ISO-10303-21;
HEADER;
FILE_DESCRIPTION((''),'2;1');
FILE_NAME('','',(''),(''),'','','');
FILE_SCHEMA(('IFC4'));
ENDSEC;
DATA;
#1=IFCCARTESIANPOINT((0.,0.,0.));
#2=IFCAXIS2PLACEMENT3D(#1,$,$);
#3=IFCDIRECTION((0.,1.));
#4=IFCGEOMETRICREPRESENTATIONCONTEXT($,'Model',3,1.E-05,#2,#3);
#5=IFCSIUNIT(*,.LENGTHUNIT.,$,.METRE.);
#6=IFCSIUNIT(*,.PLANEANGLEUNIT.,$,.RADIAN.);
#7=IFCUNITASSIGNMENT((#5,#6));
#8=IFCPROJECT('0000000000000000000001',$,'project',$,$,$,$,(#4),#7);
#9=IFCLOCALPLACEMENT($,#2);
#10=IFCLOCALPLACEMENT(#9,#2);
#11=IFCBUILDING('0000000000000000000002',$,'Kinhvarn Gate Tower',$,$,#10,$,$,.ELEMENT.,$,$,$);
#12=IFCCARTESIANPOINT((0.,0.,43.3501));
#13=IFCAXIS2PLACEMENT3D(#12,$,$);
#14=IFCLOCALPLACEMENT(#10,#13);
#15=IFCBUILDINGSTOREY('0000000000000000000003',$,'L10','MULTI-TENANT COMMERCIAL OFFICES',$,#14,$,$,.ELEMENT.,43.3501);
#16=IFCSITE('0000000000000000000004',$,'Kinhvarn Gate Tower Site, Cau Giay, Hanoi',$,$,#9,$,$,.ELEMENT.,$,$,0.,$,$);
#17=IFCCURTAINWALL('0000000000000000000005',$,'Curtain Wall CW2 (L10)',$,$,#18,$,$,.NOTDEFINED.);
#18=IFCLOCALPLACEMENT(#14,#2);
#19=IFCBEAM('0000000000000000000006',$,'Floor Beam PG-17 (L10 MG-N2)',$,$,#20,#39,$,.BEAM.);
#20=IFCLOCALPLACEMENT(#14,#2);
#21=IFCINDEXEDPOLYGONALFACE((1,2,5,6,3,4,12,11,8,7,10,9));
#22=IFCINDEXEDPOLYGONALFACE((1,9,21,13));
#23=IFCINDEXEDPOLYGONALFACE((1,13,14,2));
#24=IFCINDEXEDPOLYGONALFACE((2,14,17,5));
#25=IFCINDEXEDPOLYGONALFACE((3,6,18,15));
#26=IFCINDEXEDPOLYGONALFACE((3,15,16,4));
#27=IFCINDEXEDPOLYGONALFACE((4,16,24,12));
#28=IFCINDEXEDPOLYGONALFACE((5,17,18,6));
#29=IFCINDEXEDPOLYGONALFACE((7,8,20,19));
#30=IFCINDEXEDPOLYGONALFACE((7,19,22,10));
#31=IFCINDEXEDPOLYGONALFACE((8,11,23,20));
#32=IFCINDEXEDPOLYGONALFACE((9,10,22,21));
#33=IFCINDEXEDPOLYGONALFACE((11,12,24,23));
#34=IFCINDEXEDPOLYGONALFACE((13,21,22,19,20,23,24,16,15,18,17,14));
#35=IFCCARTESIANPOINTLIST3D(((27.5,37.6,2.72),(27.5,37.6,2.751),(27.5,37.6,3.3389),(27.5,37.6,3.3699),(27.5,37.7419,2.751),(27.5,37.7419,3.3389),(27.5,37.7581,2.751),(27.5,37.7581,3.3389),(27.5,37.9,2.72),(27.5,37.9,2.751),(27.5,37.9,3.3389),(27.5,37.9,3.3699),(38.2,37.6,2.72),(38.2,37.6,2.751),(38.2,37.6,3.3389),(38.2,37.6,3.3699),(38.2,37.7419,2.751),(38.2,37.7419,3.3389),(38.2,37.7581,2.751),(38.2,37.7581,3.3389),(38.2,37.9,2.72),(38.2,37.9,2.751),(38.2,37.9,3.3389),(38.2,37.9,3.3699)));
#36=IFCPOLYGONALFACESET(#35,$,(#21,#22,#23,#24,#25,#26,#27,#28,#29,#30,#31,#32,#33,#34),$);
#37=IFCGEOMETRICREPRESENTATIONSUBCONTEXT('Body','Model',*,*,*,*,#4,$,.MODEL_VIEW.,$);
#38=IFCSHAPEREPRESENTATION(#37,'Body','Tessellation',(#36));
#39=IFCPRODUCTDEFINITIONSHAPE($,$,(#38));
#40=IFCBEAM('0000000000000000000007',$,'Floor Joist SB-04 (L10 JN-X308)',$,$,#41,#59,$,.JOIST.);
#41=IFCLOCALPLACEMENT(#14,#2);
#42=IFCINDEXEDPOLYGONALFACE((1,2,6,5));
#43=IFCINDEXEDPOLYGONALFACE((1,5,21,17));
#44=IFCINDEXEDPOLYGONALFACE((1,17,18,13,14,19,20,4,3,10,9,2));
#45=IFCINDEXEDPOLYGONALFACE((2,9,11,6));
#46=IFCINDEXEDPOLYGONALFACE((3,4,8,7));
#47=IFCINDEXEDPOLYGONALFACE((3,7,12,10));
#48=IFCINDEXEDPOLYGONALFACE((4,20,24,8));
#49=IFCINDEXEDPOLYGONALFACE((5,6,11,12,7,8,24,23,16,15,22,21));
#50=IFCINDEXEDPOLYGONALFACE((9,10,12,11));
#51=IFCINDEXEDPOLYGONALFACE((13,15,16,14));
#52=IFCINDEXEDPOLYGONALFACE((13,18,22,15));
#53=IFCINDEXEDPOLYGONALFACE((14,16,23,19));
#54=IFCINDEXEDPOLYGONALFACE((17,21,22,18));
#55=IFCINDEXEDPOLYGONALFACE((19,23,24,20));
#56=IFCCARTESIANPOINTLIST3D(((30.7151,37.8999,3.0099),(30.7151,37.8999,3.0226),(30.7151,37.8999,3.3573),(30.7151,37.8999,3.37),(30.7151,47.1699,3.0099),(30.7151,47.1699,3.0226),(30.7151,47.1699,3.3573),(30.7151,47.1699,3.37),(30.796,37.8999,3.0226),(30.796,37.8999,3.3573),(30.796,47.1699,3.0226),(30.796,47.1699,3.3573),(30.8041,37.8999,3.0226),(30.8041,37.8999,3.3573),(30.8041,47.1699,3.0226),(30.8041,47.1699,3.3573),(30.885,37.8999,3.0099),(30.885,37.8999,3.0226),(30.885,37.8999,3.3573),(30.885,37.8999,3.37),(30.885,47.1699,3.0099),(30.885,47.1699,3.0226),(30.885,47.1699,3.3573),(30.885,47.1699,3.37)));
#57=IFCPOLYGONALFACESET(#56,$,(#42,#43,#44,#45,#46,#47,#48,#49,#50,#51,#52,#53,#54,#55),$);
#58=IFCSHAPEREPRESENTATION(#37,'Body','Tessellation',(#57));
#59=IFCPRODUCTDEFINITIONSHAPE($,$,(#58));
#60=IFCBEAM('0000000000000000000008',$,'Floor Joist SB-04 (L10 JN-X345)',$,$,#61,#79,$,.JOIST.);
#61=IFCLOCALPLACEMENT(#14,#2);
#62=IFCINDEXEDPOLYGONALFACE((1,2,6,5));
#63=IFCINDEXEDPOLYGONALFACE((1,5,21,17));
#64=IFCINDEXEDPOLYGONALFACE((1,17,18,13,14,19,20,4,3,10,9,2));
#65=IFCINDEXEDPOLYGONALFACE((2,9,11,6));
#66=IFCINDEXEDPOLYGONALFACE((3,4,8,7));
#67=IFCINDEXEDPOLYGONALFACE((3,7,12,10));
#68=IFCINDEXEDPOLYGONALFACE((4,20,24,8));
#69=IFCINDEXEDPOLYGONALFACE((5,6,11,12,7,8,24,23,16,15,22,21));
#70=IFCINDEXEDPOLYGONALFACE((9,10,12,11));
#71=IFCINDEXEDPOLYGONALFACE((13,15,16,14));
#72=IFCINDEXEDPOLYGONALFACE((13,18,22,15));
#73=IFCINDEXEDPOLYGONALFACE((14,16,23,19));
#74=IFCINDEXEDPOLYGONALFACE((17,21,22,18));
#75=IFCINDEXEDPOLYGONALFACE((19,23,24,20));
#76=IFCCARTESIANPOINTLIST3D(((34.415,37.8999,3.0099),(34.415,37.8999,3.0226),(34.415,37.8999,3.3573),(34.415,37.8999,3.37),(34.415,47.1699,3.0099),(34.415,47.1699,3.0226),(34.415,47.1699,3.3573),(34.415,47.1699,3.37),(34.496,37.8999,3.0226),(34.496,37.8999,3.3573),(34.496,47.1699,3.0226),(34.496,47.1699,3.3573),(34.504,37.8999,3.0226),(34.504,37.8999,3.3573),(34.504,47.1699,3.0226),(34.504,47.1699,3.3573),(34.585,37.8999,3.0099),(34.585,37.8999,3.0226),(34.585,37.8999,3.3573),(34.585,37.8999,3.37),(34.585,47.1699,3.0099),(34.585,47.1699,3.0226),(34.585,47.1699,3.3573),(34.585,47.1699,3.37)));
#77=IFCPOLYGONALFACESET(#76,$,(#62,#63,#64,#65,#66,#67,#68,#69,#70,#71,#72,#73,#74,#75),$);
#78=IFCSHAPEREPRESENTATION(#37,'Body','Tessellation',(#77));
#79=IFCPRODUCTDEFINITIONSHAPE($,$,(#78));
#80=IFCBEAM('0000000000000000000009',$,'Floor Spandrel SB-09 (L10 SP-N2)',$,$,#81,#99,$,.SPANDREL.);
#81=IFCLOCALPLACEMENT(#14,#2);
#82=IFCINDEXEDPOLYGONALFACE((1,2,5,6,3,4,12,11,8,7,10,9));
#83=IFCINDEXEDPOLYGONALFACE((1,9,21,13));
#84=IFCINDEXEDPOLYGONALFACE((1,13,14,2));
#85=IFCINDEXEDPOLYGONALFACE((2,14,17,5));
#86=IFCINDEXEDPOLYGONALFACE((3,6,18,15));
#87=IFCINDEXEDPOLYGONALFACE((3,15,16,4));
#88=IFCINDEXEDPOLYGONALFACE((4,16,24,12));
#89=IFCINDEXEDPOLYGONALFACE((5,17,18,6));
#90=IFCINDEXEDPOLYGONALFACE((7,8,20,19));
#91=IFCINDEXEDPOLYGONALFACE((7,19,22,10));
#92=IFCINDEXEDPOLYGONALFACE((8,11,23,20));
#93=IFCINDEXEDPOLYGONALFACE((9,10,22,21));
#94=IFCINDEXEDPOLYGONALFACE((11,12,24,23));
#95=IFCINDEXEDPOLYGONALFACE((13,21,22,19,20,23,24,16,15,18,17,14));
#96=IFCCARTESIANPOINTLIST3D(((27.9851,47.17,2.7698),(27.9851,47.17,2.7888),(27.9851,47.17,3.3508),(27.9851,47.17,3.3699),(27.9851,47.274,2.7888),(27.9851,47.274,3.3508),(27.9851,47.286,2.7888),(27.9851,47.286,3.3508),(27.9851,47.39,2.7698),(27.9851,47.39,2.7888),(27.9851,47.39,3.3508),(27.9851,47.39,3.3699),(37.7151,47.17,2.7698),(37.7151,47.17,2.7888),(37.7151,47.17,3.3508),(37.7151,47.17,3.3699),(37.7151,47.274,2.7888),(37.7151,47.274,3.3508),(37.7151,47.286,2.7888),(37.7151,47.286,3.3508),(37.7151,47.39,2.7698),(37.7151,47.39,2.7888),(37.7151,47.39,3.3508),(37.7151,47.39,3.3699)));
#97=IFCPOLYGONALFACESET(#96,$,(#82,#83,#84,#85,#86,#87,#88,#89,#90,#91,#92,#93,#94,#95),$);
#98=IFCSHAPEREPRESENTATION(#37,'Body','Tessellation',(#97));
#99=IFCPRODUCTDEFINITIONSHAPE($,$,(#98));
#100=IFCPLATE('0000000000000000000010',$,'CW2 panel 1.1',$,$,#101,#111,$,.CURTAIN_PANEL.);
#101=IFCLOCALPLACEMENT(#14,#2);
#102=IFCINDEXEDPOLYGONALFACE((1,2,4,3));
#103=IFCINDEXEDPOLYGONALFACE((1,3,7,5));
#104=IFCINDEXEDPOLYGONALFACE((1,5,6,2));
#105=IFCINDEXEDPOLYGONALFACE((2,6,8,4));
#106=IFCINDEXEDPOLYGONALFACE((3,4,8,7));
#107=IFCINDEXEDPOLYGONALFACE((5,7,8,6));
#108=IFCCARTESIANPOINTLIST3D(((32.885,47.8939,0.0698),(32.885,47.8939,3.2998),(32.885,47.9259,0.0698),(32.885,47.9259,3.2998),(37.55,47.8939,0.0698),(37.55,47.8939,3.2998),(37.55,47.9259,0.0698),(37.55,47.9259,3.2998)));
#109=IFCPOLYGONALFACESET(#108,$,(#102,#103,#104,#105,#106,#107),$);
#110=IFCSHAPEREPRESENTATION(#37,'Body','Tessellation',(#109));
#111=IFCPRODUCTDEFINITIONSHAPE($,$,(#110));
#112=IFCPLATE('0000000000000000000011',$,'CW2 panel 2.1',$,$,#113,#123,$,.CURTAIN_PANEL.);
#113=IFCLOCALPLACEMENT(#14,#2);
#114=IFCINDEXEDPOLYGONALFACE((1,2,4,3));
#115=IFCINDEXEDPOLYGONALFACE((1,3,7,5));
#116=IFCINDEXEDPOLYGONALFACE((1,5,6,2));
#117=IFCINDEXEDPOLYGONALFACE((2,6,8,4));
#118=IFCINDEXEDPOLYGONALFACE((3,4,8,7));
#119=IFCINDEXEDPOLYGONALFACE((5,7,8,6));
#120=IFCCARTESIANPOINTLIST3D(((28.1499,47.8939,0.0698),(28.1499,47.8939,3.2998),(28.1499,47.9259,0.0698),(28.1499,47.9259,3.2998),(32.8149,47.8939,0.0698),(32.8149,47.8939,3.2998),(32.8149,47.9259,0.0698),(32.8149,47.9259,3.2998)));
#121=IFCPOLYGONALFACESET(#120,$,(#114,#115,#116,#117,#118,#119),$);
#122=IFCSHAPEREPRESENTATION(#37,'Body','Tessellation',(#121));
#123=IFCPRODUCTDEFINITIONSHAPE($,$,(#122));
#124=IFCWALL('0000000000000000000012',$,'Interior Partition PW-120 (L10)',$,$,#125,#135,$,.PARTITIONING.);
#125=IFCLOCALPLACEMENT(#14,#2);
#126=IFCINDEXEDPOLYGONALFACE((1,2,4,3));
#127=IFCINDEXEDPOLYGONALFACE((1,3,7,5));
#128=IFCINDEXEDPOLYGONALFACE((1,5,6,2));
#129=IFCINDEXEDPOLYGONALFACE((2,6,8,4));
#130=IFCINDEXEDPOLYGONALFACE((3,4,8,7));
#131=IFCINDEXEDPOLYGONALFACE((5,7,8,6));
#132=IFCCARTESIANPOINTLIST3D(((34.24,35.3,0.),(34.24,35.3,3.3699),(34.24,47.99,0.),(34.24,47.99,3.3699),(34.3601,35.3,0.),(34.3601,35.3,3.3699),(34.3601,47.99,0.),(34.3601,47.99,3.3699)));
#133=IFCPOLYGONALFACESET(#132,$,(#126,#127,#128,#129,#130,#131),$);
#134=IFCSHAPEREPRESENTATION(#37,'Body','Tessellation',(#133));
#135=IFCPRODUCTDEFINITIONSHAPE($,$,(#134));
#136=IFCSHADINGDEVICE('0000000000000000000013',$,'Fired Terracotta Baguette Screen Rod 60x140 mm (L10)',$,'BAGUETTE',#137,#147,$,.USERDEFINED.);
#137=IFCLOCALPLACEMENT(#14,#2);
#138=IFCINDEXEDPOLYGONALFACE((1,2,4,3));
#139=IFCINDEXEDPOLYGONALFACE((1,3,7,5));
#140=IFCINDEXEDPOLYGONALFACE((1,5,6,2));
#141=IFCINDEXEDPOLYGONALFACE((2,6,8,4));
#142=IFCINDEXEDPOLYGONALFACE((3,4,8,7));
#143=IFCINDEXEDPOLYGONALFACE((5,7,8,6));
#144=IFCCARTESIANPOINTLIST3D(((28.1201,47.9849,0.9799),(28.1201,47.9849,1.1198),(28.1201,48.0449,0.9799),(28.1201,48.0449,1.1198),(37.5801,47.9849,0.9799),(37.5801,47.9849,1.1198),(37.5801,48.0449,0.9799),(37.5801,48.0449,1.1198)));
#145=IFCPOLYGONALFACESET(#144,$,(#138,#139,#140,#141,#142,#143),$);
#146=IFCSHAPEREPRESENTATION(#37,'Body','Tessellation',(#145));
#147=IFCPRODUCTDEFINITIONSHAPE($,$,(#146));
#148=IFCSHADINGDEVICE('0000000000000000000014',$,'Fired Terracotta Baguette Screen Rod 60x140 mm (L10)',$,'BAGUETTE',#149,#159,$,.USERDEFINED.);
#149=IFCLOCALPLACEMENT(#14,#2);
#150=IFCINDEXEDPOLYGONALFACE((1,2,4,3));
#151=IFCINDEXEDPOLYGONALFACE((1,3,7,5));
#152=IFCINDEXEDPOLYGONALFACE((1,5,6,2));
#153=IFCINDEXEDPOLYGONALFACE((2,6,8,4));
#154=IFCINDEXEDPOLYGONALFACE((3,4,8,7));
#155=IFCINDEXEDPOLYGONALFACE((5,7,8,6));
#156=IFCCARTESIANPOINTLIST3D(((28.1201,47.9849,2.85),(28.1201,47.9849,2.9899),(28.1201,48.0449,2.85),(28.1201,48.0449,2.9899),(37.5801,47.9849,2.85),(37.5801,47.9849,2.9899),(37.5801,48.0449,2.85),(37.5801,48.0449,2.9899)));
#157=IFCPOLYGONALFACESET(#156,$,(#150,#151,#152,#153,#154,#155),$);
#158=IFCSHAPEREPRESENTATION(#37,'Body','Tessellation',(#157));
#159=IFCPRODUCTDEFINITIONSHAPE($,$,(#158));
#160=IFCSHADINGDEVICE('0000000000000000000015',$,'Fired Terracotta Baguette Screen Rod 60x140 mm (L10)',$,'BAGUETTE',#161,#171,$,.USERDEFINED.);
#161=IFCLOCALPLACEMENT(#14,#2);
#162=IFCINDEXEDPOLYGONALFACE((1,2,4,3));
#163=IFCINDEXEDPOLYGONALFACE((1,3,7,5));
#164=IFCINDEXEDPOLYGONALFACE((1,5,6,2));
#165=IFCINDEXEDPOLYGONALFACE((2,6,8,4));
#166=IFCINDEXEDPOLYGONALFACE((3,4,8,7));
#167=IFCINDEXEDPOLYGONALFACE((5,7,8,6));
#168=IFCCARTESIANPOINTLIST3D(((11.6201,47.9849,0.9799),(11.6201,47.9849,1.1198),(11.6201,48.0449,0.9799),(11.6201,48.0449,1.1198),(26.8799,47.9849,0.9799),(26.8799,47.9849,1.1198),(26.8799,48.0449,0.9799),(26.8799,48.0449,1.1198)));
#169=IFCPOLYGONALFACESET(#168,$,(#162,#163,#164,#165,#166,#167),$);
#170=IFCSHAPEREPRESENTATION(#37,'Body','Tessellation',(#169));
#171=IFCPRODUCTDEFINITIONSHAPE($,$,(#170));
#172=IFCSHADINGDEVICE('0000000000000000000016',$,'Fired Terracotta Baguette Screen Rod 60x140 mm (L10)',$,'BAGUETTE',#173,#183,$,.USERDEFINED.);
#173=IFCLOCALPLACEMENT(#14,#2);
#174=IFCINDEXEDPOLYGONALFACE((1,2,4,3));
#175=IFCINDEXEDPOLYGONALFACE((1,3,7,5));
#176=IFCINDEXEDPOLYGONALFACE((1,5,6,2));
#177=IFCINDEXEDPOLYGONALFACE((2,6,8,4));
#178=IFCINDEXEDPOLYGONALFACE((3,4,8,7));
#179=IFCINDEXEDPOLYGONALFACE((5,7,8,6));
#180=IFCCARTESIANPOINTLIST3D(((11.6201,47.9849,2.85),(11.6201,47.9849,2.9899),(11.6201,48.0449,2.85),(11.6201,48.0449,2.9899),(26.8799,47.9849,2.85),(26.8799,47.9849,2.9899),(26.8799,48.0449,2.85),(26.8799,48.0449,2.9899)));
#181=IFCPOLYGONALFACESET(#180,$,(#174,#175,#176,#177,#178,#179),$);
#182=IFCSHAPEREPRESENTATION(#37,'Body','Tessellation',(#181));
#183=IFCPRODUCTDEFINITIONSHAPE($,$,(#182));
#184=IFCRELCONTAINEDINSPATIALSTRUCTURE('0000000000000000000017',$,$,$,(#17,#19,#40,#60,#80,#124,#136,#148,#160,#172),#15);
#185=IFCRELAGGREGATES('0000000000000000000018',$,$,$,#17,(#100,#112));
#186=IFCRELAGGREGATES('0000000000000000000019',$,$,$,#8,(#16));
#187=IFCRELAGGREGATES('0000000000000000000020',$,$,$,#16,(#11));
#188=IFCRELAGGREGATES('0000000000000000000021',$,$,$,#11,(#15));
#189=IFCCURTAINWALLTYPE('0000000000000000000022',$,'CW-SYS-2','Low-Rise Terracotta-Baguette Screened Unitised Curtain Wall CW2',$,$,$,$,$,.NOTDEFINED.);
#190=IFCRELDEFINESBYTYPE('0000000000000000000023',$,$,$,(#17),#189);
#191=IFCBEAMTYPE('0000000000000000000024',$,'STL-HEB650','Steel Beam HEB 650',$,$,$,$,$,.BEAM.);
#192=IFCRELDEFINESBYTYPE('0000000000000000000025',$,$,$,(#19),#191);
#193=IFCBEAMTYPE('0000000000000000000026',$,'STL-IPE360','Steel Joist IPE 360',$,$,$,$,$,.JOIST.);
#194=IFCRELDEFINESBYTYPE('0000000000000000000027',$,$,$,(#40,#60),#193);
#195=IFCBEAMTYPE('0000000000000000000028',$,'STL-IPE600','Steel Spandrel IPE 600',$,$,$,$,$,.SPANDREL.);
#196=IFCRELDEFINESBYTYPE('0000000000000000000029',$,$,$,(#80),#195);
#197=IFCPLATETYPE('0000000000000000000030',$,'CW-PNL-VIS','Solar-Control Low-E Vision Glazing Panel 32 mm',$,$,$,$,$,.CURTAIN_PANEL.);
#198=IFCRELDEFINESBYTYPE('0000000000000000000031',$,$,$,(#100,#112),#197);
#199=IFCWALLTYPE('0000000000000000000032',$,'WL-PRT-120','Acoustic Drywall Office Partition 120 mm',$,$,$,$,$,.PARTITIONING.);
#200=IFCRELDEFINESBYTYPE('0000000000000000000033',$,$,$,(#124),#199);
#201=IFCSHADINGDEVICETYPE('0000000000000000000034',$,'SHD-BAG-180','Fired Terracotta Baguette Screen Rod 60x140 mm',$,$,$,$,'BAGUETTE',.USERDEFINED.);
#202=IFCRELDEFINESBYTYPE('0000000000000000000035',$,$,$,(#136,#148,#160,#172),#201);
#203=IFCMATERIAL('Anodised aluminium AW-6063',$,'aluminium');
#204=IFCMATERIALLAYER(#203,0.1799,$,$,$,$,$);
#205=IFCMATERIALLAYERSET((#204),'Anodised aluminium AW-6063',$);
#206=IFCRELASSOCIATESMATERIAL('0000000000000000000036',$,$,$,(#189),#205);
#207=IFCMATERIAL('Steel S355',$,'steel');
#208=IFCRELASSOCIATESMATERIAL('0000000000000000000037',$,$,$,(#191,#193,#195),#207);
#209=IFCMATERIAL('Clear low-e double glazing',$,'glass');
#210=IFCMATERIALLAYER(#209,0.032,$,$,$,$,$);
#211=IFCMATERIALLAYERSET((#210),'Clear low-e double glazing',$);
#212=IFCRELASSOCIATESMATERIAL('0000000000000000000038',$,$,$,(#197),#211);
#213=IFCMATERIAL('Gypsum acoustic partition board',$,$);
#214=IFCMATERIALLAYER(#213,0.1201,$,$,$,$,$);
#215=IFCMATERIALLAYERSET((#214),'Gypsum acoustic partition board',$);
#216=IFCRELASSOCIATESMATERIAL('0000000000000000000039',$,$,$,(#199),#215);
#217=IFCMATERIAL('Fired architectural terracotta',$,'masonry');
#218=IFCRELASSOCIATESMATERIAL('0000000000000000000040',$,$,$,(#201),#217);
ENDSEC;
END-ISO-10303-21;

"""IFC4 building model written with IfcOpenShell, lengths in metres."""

from ifc_helpers import new_model, si_unit, direction, frame, frame_2d, origin, origin_2d, place, context, subcontext, project, spatial, rectangle, i_section, extrude, material, layer, layer_set, material_profile, profile_set, type_object, element, aggregate, save


model = new_model("IFC4")

# Units and contexts
model_context = context("Model", 3, precision=1e-05, world=origin(), true_north=direction((0.0, 1.0)))
body_context = subcontext(model_context, "Body", "Model", "MODEL_VIEW")
ifc_project = project(units=[si_unit("LENGTHUNIT", "METRE"), si_unit("PLANEANGLEUNIT", "RADIAN")], contexts=[model_context])

# Site, building, storey
site_placement = place(None, origin())
site = spatial("IfcSite", under=ifc_project, at=site_placement, Name="Kinhvarn Gate Tower Site, Cau Giay, Hanoi", CompositionType="ELEMENT", RefElevation=0.0)
building_placement = place(site_placement, origin())
building = spatial("IfcBuilding", under=site, at=building_placement, Name="Kinhvarn Gate Tower", CompositionType="ELEMENT")
storey_placement = place(building_placement, frame((0.0, 0.0, 43.3501)))
storey = spatial("IfcBuildingStorey", under=building, at=storey_placement, Name="L10", Description="MULTI-TENANT COMMERCIAL OFFICES", CompositionType="ELEMENT", Elevation=43.3501)

# Curtain wall
ifc_material_1 = material(Name="Anodised aluminium AW-6063", Category="aluminium")
ifc_layer_1 = layer(ifc_material_1, 0.1799)
ifc_layer_set_1 = layer_set([ifc_layer_1], Name="Anodised aluminium AW-6063")
curtain_wall_type = type_object("IfcCurtainWallType", Name="CW-SYS-2", Description="Low-Rise Terracotta-Baguette Screened Unitised Curtain Wall CW2", PredefinedType="NOTDEFINED", material=ifc_layer_set_1)
curtain_wall_1_placement = place(storey_placement, origin())
curtain_wall_1 = element("IfcCurtainWall", 1, at=curtain_wall_1_placement, inside=storey, type_object=curtain_wall_type, Name="Curtain Wall CW2 (L10)", PredefinedType="NOTDEFINED")

# Beams
ifc_material_2 = material(Name="Steel S355", Category="steel")
ifc_material_profile_1 = material_profile(ifc_material_2, i_section(OverallWidth=0.3, OverallDepth=0.6499, WebThickness=0.0161, FlangeThickness=0.031, at=origin_2d()), Name="HEB 650")
ifc_profile_set_1 = profile_set([ifc_material_profile_1], Name="Steel S355")
beam_type_1 = type_object("IfcBeamType", Name="STL-HEB650", Description="Steel Beam HEB 650", PredefinedType="BEAM", material=ifc_profile_set_1)
beam_1_placement = place(storey_placement, frame((27.5, 37.75, 3.0449), z_axis=(1.0, 0.0, 0.0), x_axis=(0.0, 1.0, 0.0)))
element("IfcBeam", 2, at=beam_1_placement, inside=storey, type_object=beam_type_1, Name="Floor Beam PG-17 (L10 MG-N2)", PredefinedType="BEAM", context=body_context, shape_type="SweptSolid", body=[
    extrude(i_section(OverallWidth=0.3, OverallDepth=0.6499, WebThickness=0.0161, FlangeThickness=0.031, at=origin_2d()), origin(), (0.0, 0.0, 1.0), 10.7),
])
ifc_material_profile_2 = material_profile(ifc_material_2, i_section(OverallWidth=0.1699, OverallDepth=0.3601, WebThickness=0.0081, FlangeThickness=0.0127, at=origin_2d()), Name="IPE 360")
ifc_profile_set_2 = profile_set([ifc_material_profile_2], Name="Steel S355")
beam_type_2 = type_object("IfcBeamType", Name="STL-IPE360", Description="Steel Joist IPE 360", PredefinedType="JOIST", material=ifc_profile_set_2)
for number, where, z_axis, x_axis, name in (
    (3, (30.8, 37.8999, 3.1899), (0.0, 1.0, 0.0), (-1.0, 0.0, 0.0), "Floor Joist SB-04 (L10 JN-X308)"),
    (4, (34.5, 37.8999, 3.1899), (0.0, 1.0, 0.0), (-1.0, 0.0, 0.0), "Floor Joist SB-04 (L10 JN-X345)"),
):
    element("IfcBeam", number, at=place(storey_placement, frame(where, z_axis=z_axis, x_axis=x_axis)), inside=storey, type_object=beam_type_2, Name=name, PredefinedType="JOIST", context=body_context, shape_type="SweptSolid", body=[
        extrude(i_section(OverallWidth=0.1699, OverallDepth=0.3601, WebThickness=0.0081, FlangeThickness=0.0127, at=origin_2d()), origin(), (0.0, 0.0, 1.0), 9.27),
    ])
ifc_material_profile_3 = material_profile(ifc_material_2, i_section(OverallWidth=0.22, OverallDepth=0.6001, WebThickness=0.012, FlangeThickness=0.019, at=origin_2d()), Name="IPE 600")
ifc_profile_set_3 = profile_set([ifc_material_profile_3], Name="Steel S355")
beam_type_3 = type_object("IfcBeamType", Name="STL-IPE600", Description="Steel Spandrel IPE 600", PredefinedType="SPANDREL", material=ifc_profile_set_3)
beam_2_placement = place(storey_placement, frame((27.9851, 47.28, 3.0698), z_axis=(1.0, 0.0, 0.0), x_axis=(0.0, 1.0, 0.0)))
element("IfcBeam", 5, at=beam_2_placement, inside=storey, type_object=beam_type_3, Name="Floor Spandrel SB-09 (L10 SP-N2)", PredefinedType="SPANDREL", context=body_context, shape_type="SweptSolid", body=[
    extrude(i_section(OverallWidth=0.22, OverallDepth=0.6001, WebThickness=0.012, FlangeThickness=0.019, at=origin_2d()), origin(), (0.0, 0.0, 1.0), 9.73),
])

# Plates
ifc_material_3 = material(Name="Clear low-e double glazing", Category="glass")
ifc_layer_2 = layer(ifc_material_3, 0.032)
ifc_layer_set_2 = layer_set([ifc_layer_2], Name="Clear low-e double glazing")
plate_type = type_object("IfcPlateType", Name="CW-PNL-VIS", Description="Solar-Control Low-E Vision Glazing Panel 32 mm", PredefinedType="CURTAIN_PANEL", material=ifc_layer_set_2)
plate_1_placement = place(storey_placement, frame((35.2175, 47.9099, 0.0698), z_axis=(0.0, 0.0, 1.0), x_axis=(-1.0, 0.0, 0.0)))
plate_1 = element("IfcPlate", 6, at=plate_1_placement, type_object=plate_type, Name="CW2 panel 1.1", PredefinedType="CURTAIN_PANEL", context=body_context, shape_type="SweptSolid", body=[
    extrude(rectangle(XDim=4.665, YDim=0.032, at=origin_2d()), origin(), (0.0, 0.0, 1.0), 3.23),
])
plate_2_placement = place(storey_placement, frame((30.4824, 47.9099, 0.0698), z_axis=(0.0, 0.0, 1.0), x_axis=(-1.0, 0.0, 0.0)))
plate_2 = element("IfcPlate", 7, at=plate_2_placement, type_object=plate_type, Name="CW2 panel 2.1", PredefinedType="CURTAIN_PANEL", context=body_context, shape_type="SweptSolid", body=[
    extrude(rectangle(XDim=4.665, YDim=0.032, at=origin_2d()), origin(), (0.0, 0.0, 1.0), 3.23),
])
aggregate(curtain_wall_1, [plate_1, plate_2])

# Wall
ifc_material_4 = material(Name="Gypsum acoustic partition board")
ifc_layer_3 = layer(ifc_material_4, 0.1201)
ifc_layer_set_3 = layer_set([ifc_layer_3], Name="Gypsum acoustic partition board")
wall_type = type_object("IfcWallType", Name="WL-PRT-120", Description="Acoustic Drywall Office Partition 120 mm", PredefinedType="PARTITIONING", material=ifc_layer_set_3)
wall_placement = place(storey_placement, frame((34.3, 35.3, 0.0), z_axis=(0.0, 0.0, 1.0), x_axis=(0.0, 1.0, 0.0)))
element("IfcWall", 8, at=wall_placement, inside=storey, type_object=wall_type, Name="Interior Partition PW-120 (L10)", PredefinedType="PARTITIONING", context=body_context, shape_type="SweptSolid", body=[
    extrude(rectangle(XDim=12.6899, YDim=0.1201, at=frame_2d((6.345, 0.0))), origin(), (0.0, 0.0, 1.0), 3.3699),
])

# Shading devices
ifc_material_5 = material(Name="Fired architectural terracotta", Category="masonry")
ifc_material_profile_4 = material_profile(ifc_material_5, rectangle(XDim=0.0601, YDim=0.1399, at=origin_2d()), Name="TC 60x140")
ifc_profile_set_4 = profile_set([ifc_material_profile_4], Name="Fired architectural terracotta")
shading_device_type = type_object("IfcShadingDeviceType", Name="SHD-BAG-180", Description="Fired Terracotta Baguette Screen Rod 60x140 mm", ElementType="BAGUETTE", PredefinedType="USERDEFINED", material=ifc_profile_set_4)
for number, where, z_axis, x_axis, name in (
    (9, (37.5801, 48.0149, 1.0498), (-1.0, 0.0, 0.0), (0.0, -1.0, 0.0), "Fired Terracotta Baguette Screen Rod 60x140 mm (L10)"),
    (10, (37.5801, 48.0149, 2.9199), (-1.0, 0.0, 0.0), (0.0, -1.0, 0.0), "Fired Terracotta Baguette Screen Rod 60x140 mm (L10)"),
):
    element("IfcShadingDevice", number, at=place(storey_placement, frame(where, z_axis=z_axis, x_axis=x_axis)), inside=storey, type_object=shading_device_type, Name=name, ObjectType="BAGUETTE", PredefinedType="USERDEFINED", context=body_context, shape_type="SweptSolid", body=[
        extrude(rectangle(XDim=0.0601, YDim=0.1399, at=origin_2d()), origin(), (0.0, 0.0, 1.0), 9.46),
    ])
for number, where, z_axis, x_axis, name in (
    (11, (26.8799, 48.0149, 1.0498), (-1.0, 0.0, 0.0), (0.0, -1.0, 0.0), "Fired Terracotta Baguette Screen Rod 60x140 mm (L10)"),
    (12, (26.8799, 48.0149, 2.9199), (-1.0, 0.0, 0.0), (0.0, -1.0, 0.0), "Fired Terracotta Baguette Screen Rod 60x140 mm (L10)"),
):
    element("IfcShadingDevice", number, at=place(storey_placement, frame(where, z_axis=z_axis, x_axis=x_axis)), inside=storey, type_object=shading_device_type, Name=name, ObjectType="BAGUETTE", PredefinedType="USERDEFINED", context=body_context, shape_type="SweptSolid", body=[
        extrude(rectangle(XDim=0.0601, YDim=0.1399, at=origin_2d()), origin(), (0.0, 0.0, 1.0), 15.2598),
    ])

save(model, "model.ifc")
